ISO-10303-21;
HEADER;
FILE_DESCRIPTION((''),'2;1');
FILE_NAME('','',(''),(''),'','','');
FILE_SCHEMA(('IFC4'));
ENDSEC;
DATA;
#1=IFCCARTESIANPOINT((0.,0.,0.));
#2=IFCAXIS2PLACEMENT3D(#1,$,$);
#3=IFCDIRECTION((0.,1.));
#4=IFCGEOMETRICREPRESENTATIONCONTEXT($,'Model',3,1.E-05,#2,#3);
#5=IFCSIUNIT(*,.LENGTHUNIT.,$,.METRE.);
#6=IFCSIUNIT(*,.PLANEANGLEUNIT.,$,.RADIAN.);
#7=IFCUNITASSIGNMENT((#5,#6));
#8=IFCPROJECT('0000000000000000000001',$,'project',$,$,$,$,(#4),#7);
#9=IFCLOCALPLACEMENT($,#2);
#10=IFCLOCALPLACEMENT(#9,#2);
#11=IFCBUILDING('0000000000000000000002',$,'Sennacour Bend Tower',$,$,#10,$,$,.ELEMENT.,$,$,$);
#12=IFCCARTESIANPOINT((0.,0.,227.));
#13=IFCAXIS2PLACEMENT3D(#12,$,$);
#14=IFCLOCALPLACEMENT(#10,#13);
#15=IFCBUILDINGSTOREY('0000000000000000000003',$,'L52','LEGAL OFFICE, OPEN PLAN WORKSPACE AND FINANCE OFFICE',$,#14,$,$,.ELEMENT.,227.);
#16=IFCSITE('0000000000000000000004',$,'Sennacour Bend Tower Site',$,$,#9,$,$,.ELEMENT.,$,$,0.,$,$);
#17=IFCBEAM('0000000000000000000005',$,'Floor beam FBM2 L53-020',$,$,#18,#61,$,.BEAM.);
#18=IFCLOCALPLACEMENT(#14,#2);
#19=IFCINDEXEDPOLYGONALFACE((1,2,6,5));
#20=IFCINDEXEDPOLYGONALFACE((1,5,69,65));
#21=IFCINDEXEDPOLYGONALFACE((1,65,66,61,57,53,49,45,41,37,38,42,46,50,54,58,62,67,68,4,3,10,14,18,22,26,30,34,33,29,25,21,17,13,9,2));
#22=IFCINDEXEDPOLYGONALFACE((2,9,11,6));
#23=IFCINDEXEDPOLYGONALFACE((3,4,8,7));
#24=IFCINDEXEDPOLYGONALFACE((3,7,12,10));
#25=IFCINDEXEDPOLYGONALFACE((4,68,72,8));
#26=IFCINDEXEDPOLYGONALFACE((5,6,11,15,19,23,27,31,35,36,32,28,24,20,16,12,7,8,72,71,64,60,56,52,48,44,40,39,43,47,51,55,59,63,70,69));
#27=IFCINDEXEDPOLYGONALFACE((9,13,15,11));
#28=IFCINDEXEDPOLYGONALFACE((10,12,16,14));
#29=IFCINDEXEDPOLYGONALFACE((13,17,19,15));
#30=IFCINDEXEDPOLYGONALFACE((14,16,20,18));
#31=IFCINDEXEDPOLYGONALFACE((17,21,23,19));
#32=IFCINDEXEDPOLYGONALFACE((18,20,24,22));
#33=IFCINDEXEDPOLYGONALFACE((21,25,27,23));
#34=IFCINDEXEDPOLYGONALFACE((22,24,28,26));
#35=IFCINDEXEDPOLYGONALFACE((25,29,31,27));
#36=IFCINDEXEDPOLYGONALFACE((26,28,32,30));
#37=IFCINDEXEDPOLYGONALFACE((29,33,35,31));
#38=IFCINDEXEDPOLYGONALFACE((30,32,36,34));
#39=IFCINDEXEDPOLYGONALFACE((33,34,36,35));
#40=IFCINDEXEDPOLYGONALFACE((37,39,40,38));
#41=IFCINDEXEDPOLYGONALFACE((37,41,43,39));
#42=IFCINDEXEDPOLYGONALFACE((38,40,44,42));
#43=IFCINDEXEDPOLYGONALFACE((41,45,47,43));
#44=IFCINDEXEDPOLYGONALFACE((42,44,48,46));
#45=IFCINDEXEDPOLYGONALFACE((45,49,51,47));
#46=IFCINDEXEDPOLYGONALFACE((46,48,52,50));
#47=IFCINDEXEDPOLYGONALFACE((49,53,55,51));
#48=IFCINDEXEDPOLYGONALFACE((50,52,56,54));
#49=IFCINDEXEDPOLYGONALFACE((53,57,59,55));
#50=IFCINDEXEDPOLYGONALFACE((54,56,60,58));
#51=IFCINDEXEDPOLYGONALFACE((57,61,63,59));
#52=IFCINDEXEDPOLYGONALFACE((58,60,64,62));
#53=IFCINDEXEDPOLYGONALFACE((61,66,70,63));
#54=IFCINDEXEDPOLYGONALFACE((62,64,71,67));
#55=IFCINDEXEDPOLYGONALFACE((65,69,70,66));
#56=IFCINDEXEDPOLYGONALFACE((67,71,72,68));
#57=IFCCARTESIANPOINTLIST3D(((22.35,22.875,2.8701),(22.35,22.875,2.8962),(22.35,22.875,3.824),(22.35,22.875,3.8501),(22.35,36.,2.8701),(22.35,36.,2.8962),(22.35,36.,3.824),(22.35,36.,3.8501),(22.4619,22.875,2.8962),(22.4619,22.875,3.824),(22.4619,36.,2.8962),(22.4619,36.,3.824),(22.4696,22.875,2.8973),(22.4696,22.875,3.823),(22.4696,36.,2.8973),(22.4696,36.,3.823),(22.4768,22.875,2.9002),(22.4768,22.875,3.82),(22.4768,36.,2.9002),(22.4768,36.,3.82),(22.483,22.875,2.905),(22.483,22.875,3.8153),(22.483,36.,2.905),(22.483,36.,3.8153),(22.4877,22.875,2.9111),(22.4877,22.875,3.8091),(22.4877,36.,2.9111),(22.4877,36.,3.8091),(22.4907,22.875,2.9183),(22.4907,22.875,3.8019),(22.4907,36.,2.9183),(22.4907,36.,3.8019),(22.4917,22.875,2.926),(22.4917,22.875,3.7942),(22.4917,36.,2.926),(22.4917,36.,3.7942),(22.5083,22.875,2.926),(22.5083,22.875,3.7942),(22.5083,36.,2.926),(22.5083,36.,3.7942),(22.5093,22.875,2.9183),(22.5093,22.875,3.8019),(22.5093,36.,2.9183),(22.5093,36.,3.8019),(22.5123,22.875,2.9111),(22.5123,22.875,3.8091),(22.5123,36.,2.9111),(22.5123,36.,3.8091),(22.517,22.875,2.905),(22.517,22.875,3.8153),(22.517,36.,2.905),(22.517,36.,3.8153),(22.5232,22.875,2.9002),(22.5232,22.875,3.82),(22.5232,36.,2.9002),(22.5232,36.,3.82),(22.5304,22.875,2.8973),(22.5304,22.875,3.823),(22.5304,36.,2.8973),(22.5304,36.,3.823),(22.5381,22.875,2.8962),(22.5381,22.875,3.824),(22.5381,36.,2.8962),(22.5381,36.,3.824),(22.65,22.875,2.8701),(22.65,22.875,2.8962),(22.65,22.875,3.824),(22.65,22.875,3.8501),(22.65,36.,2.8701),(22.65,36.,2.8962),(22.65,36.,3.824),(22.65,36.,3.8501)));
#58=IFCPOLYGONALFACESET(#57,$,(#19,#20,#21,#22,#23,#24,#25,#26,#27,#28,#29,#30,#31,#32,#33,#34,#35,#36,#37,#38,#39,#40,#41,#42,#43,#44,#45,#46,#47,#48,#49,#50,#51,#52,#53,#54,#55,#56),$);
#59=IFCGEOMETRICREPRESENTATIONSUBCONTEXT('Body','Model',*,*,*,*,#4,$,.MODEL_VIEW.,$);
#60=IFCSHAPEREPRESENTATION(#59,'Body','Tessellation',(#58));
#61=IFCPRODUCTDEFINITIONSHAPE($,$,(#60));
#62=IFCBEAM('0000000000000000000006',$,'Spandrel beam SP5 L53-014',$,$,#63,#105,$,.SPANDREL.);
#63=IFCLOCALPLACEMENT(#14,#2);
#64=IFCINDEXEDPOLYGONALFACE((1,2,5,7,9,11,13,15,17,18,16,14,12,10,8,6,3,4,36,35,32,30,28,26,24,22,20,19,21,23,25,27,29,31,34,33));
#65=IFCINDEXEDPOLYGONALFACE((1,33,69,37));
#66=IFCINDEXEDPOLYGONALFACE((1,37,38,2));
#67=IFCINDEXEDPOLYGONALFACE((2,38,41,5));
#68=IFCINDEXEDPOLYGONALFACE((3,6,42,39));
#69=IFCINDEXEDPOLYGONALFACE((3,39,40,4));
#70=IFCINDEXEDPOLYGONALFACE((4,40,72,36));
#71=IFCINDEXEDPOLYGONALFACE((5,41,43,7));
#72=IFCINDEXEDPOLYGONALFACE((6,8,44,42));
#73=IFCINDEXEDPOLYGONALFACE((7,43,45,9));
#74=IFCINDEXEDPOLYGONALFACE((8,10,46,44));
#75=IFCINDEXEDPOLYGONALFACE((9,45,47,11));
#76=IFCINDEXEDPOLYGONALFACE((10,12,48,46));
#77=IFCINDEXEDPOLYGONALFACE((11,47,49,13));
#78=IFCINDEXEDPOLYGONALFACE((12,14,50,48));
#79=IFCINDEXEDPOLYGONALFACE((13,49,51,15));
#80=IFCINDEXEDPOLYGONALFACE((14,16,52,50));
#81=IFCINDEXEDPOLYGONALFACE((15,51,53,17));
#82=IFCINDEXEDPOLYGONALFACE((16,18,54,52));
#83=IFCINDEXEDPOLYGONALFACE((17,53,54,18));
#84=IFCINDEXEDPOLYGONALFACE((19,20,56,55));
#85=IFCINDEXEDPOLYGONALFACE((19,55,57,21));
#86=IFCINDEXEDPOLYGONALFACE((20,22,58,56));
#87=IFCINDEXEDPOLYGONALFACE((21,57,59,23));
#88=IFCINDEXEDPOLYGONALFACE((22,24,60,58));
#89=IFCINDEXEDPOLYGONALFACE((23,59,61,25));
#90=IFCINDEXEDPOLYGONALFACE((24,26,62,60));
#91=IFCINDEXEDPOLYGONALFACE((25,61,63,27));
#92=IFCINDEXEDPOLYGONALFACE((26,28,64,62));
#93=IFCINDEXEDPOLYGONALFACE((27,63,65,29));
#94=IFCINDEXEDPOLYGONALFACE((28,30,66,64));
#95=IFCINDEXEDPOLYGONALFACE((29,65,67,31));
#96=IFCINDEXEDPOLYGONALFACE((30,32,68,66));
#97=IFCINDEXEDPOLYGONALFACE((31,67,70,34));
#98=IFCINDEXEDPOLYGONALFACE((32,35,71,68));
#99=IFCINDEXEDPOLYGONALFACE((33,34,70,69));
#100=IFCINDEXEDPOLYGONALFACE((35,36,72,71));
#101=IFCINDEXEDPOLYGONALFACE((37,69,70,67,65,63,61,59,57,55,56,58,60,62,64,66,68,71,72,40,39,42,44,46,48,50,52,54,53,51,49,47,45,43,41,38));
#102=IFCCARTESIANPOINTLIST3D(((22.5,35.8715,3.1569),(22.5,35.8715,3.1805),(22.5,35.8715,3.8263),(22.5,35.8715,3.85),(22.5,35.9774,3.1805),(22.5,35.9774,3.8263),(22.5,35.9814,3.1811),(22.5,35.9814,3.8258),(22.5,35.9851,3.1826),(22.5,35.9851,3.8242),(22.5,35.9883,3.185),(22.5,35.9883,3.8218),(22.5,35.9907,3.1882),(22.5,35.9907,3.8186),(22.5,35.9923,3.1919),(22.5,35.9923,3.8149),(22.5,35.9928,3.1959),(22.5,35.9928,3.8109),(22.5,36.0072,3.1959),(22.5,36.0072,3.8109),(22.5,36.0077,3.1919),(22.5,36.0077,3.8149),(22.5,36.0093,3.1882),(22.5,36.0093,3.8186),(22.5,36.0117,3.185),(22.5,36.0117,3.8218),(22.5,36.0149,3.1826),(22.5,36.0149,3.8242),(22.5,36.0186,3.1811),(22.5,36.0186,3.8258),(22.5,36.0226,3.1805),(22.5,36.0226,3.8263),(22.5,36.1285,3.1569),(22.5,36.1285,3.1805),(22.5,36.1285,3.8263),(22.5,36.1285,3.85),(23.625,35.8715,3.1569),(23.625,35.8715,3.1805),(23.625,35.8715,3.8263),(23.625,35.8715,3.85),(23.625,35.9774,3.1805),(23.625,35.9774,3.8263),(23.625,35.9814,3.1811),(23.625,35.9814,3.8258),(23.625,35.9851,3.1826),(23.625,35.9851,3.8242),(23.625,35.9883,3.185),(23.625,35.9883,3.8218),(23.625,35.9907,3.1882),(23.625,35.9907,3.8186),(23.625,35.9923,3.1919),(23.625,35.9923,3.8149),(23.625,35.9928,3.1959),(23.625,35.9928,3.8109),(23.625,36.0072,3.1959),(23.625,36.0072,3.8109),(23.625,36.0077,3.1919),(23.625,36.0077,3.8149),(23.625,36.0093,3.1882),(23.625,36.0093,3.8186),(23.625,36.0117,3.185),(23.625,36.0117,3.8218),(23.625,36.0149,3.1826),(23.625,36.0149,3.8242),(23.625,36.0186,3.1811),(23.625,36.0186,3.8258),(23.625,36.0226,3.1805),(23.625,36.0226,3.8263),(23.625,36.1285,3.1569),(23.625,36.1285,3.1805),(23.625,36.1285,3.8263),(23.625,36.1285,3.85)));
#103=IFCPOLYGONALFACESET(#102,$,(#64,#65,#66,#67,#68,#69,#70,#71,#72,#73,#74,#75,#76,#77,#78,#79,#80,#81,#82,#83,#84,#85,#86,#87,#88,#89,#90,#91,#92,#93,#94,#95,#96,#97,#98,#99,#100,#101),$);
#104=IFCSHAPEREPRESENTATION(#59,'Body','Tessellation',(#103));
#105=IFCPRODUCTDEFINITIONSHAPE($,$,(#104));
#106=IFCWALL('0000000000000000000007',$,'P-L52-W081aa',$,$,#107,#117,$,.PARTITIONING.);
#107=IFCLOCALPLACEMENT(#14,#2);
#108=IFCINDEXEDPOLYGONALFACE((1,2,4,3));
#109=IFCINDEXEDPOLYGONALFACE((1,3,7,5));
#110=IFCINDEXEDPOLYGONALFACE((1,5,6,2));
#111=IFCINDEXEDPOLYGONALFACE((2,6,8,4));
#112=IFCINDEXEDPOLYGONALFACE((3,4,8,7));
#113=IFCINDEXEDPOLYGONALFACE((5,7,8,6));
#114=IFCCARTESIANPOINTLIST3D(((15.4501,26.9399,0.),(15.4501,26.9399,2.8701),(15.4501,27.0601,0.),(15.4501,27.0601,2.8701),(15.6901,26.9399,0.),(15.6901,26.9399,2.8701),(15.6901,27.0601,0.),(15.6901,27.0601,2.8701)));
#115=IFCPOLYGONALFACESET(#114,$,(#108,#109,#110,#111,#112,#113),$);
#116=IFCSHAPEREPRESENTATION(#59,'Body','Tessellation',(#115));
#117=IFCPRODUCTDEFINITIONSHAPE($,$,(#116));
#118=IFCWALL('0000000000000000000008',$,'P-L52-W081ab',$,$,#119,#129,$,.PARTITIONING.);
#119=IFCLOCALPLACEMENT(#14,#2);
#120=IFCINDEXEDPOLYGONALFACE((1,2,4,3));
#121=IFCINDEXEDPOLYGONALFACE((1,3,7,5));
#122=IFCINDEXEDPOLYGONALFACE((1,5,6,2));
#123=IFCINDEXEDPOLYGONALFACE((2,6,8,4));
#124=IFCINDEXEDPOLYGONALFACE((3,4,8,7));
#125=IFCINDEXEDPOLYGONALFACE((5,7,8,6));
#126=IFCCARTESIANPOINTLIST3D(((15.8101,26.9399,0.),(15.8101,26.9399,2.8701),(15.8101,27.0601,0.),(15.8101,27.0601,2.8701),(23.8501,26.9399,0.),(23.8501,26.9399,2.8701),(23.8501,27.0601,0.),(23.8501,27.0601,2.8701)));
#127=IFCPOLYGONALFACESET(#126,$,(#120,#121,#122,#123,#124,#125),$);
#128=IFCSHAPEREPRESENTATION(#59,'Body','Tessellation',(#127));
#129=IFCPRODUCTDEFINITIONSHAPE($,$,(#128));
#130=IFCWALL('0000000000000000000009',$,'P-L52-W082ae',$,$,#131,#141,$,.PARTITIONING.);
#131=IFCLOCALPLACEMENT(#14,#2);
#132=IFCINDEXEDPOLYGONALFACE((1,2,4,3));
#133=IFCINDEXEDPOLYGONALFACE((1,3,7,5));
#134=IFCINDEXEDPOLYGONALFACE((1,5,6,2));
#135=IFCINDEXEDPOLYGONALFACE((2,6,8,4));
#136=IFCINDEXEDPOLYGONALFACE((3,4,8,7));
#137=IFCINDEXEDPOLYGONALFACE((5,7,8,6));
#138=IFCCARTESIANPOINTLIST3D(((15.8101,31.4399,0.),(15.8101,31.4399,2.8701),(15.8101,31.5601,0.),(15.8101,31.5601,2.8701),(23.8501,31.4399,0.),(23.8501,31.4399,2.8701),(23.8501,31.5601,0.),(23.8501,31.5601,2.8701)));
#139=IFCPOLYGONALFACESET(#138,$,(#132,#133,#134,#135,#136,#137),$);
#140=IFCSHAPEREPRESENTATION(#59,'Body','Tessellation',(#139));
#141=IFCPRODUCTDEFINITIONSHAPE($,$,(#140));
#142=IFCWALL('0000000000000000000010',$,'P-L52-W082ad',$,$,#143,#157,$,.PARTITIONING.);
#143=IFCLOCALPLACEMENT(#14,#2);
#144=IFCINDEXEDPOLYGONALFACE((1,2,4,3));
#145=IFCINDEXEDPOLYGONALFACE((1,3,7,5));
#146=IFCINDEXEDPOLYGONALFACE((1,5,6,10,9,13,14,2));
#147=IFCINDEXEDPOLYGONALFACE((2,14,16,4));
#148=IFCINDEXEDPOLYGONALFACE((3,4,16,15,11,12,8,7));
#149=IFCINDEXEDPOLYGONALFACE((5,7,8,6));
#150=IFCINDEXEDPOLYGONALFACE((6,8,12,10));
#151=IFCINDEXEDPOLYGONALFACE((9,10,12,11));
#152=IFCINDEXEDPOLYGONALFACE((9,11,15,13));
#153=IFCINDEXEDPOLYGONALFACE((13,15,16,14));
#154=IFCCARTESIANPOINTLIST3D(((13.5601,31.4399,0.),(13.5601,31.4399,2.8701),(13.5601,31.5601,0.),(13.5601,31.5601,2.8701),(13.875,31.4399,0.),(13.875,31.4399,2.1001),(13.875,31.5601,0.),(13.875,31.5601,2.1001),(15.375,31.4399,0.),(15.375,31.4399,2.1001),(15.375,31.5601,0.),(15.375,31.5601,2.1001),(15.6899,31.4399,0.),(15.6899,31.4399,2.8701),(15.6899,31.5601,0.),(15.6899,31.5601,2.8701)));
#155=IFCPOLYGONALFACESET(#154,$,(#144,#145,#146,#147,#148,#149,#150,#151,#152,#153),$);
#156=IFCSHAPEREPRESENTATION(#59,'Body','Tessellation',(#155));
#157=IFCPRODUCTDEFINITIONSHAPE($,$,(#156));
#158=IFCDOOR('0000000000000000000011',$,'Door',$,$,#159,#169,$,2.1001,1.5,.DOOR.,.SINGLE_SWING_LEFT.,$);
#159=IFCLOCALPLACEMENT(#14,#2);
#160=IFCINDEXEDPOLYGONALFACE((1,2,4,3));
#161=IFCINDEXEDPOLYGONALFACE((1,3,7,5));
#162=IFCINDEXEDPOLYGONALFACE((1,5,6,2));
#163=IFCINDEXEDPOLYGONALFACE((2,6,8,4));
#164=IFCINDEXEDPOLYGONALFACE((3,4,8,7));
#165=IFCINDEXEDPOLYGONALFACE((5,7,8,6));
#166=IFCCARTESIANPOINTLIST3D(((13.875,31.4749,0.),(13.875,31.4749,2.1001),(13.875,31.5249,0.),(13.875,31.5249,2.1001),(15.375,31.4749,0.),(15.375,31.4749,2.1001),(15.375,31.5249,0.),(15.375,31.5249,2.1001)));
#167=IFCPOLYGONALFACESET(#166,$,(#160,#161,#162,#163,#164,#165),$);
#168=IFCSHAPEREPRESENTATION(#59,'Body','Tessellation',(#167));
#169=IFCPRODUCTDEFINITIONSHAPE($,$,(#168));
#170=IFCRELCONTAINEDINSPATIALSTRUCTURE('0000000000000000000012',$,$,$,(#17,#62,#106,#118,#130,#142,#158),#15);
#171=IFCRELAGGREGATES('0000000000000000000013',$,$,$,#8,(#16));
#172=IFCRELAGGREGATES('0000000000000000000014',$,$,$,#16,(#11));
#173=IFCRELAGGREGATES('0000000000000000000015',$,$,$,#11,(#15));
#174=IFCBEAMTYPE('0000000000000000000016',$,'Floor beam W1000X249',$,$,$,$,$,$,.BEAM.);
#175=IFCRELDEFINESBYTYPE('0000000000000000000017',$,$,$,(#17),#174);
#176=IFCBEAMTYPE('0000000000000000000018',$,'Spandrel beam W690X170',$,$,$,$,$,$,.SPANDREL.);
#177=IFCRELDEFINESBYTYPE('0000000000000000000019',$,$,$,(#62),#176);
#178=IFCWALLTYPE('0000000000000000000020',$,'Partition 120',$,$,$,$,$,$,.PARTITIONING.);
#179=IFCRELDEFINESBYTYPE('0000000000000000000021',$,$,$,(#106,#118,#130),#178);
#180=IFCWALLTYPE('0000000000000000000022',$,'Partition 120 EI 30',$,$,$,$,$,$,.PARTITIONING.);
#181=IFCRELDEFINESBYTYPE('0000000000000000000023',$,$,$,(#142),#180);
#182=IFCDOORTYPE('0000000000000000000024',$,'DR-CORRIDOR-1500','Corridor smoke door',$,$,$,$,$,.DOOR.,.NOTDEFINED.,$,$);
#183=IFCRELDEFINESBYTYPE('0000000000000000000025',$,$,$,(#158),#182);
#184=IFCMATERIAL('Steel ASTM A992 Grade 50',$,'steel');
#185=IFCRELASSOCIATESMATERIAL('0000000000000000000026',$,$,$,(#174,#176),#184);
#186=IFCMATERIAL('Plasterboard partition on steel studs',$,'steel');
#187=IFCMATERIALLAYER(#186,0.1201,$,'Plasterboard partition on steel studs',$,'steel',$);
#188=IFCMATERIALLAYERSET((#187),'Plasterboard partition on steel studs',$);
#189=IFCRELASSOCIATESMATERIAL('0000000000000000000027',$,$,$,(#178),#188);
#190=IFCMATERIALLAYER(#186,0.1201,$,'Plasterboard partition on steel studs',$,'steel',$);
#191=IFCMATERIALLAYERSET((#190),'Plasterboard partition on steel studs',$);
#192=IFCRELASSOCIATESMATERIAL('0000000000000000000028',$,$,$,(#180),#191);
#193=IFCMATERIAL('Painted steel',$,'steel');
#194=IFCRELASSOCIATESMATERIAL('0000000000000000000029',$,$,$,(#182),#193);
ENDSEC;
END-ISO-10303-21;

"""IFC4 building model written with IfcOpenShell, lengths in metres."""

from ifc_helpers import new_model, si_unit, direction, frame, frame_2d, origin, origin_2d, place, context, subcontext, project, spatial, rectangle, i_section, extrude, material, layer, layer_set, material_profile, profile_set, type_object, element, fill, save


model = new_model("IFC4")

# Units and contexts
model_context = context("Model", 3, precision=1e-05, world=origin(), true_north=direction((0.0, 1.0)))
body_context = subcontext(model_context, "Body", "Model", "MODEL_VIEW")
ifc_project = project(units=[si_unit("LENGTHUNIT", "METRE"), si_unit("PLANEANGLEUNIT", "RADIAN")], contexts=[model_context])

# Site, building, storey
site_placement = place(None, origin())
site = spatial("IfcSite", under=ifc_project, at=site_placement, Name="Sennacour Bend Tower Site", CompositionType="ELEMENT", RefElevation=0.0)
building_placement = place(site_placement, origin())
building = spatial("IfcBuilding", under=site, at=building_placement, Name="Sennacour Bend Tower", CompositionType="ELEMENT")
storey_placement = place(building_placement, frame((0.0, 0.0, 227.0)))
storey = spatial("IfcBuildingStorey", under=building, at=storey_placement, Name="L52", Description="LEGAL OFFICE, OPEN PLAN WORKSPACE AND FINANCE OFFICE", CompositionType="ELEMENT", Elevation=227.0)

# Beams
ifc_material_1 = material(Name="Steel ASTM A992 Grade 50", Category="steel")
ifc_material_profile_1 = material_profile(ifc_material_1, i_section(OverallWidth=0.3, OverallDepth=0.98, WebThickness=0.0166, FlangeThickness=0.0261, FilletRadius=0.0298, at=origin_2d()), Name="Steel ASTM A992 Grade 50", Category="steel")
ifc_profile_set_1 = profile_set([ifc_material_profile_1], Name="Steel ASTM A992 Grade 50")
beam_type_1 = type_object("IfcBeamType", Name="Floor beam W1000X249", PredefinedType="BEAM", material=ifc_profile_set_1)
beam_1_placement = place(storey_placement, frame((22.5, 22.875, 3.3601), z_axis=(0.0, 1.0, 0.0), x_axis=(-1.0, 0.0, 0.0)))
element("IfcBeam", 1, at=beam_1_placement, inside=storey, type_object=beam_type_1, Name="Floor beam FBM2 L53-020", PredefinedType="BEAM", context=body_context, shape_type="SweptSolid", body=[
    extrude(i_section(OverallWidth=0.3, OverallDepth=0.98, WebThickness=0.0166, FlangeThickness=0.0261, FilletRadius=0.0298, at=origin_2d()), origin(), (0.0, 0.0, 1.0), 13.125),
])
ifc_material_profile_2 = material_profile(ifc_material_1, i_section(OverallWidth=0.2571, OverallDepth=0.6931, WebThickness=0.0144, FlangeThickness=0.0237, FilletRadius=0.0154, at=origin_2d()), Name="Steel ASTM A992 Grade 50", Category="steel")
ifc_profile_set_2 = profile_set([ifc_material_profile_2], Name="Steel ASTM A992 Grade 50")
beam_type_2 = type_object("IfcBeamType", Name="Spandrel beam W690X170", PredefinedType="SPANDREL", material=ifc_profile_set_2)
beam_2_placement = place(storey_placement, frame((22.5, 36.0, 3.5034), z_axis=(1.0, 0.0, 0.0), x_axis=(0.0, 1.0, 0.0)))
element("IfcBeam", 2, at=beam_2_placement, inside=storey, type_object=beam_type_2, Name="Spandrel beam SP5 L53-014", PredefinedType="SPANDREL", context=body_context, shape_type="SweptSolid", body=[
    extrude(i_section(OverallWidth=0.2571, OverallDepth=0.6931, WebThickness=0.0144, FlangeThickness=0.0237, FilletRadius=0.0154, at=origin_2d()), origin(), (0.0, 0.0, 1.0), 1.125),
])

# Walls
ifc_material_2 = material(Name="Plasterboard partition on steel studs", Category="steel")
ifc_layer_1 = layer(ifc_material_2, 0.1201, Name="Plasterboard partition on steel studs", Category="steel")
ifc_layer_set_1 = layer_set([ifc_layer_1], Name="Plasterboard partition on steel studs")
wall_type_1 = type_object("IfcWallType", Name="Partition 120", PredefinedType="PARTITIONING", material=ifc_layer_set_1)
wall_1_placement = place(storey_placement, frame((15.45, 27.0, 0.0), z_axis=(0.0, 0.0, 1.0), x_axis=(1.0, 0.0, 0.0)))
element("IfcWall", 3, at=wall_1_placement, inside=storey, type_object=wall_type_1, Name="P-L52-W081aa", PredefinedType="PARTITIONING", context=body_context, shape_type="SweptSolid", body=[
    extrude(rectangle(XDim=0.24, YDim=0.1201, at=frame_2d((0.1201, 0.0))), origin(), (0.0, 0.0, 1.0), 2.8701),
])
for number, where, z_axis, x_axis, name in (
    (4, (15.8101, 27.0, 0.0), (0.0, 0.0, 1.0), (1.0, 0.0, 0.0), "P-L52-W081ab"),
    (5, (15.8101, 31.5, 0.0), (0.0, 0.0, 1.0), (1.0, 0.0, 0.0), "P-L52-W082ae"),
):
    element("IfcWall", number, at=place(storey_placement, frame(where, z_axis=z_axis, x_axis=x_axis)), inside=storey, type_object=wall_type_1, Name=name, PredefinedType="PARTITIONING", context=body_context, shape_type="SweptSolid", body=[
        extrude(rectangle(XDim=8.04, YDim=0.1201, at=frame_2d((4.02, 0.0))), origin(), (0.0, 0.0, 1.0), 2.8701),
    ])

# Wall, opening, door
ifc_layer_2 = layer(ifc_material_2, 0.1201, Name="Plasterboard partition on steel studs", Category="steel")
ifc_layer_set_2 = layer_set([ifc_layer_2], Name="Plasterboard partition on steel studs")
wall_type_2 = type_object("IfcWallType", Name="Partition 120 EI 30", PredefinedType="PARTITIONING", material=ifc_layer_set_2)
wall_2_placement = place(storey_placement, frame((13.5601, 31.5, 0.0), z_axis=(0.0, 0.0, 1.0), x_axis=(1.0, 0.0, 0.0)))
wall_2 = element("IfcWall", 6, at=wall_2_placement, inside=storey, type_object=wall_type_2, Name="P-L52-W082ad", PredefinedType="PARTITIONING", context=body_context, shape_type="SweptSolid", body=[
    extrude(rectangle(XDim=2.1299, YDim=0.1201, at=frame_2d((1.0649, 0.0))), origin(), (0.0, 0.0, 1.0), 2.8701),
])
opening_1_placement = place(wall_2_placement, frame((0.3149, 0.0, 0.0)))
opening_1 = element("IfcOpeningElement", 7, at=opening_1_placement, cuts=wall_2, PredefinedType="OPENING", context=body_context, shape_type="SweptSolid", body=[
    extrude(rectangle(XDim=1.5, YDim=2.1001, at=frame_2d((0.75, 1.05))), frame((0.0, 0.0701, 0.0), z_axis=(0.0, -1.0, 0.0), x_axis=(1.0, 0.0, 0.0)), (0.0, 0.0, 1.0), 0.1401),
])
ifc_material_3 = material(Name="Painted steel", Category="steel")
door_type_1 = type_object("IfcDoorType", Name="DR-CORRIDOR-1500", Description="Corridor smoke door", OperationType="NOTDEFINED", PredefinedType="DOOR", material=ifc_material_3)
door_1_placement = place(opening_1_placement, origin())
door_1 = element("IfcDoor", 8, at=door_1_placement, inside=storey, type_object=door_type_1, Name="Door", OperationType="SINGLE_SWING_LEFT", OverallHeight=2.1001, OverallWidth=1.5, PredefinedType="DOOR", context=body_context, shape_type="SweptSolid", body=[
    extrude(rectangle(XDim=1.5, YDim=2.1001, at=frame_2d((0.75, 1.05))), frame((0.0, 0.0249, 0.0), z_axis=(0.0, -1.0, 0.0), x_axis=(1.0, 0.0, 0.0)), (0.0, 0.0, 1.0), 0.05),
])
fill(opening_1, door_1)

save(model, "model.ifc")
